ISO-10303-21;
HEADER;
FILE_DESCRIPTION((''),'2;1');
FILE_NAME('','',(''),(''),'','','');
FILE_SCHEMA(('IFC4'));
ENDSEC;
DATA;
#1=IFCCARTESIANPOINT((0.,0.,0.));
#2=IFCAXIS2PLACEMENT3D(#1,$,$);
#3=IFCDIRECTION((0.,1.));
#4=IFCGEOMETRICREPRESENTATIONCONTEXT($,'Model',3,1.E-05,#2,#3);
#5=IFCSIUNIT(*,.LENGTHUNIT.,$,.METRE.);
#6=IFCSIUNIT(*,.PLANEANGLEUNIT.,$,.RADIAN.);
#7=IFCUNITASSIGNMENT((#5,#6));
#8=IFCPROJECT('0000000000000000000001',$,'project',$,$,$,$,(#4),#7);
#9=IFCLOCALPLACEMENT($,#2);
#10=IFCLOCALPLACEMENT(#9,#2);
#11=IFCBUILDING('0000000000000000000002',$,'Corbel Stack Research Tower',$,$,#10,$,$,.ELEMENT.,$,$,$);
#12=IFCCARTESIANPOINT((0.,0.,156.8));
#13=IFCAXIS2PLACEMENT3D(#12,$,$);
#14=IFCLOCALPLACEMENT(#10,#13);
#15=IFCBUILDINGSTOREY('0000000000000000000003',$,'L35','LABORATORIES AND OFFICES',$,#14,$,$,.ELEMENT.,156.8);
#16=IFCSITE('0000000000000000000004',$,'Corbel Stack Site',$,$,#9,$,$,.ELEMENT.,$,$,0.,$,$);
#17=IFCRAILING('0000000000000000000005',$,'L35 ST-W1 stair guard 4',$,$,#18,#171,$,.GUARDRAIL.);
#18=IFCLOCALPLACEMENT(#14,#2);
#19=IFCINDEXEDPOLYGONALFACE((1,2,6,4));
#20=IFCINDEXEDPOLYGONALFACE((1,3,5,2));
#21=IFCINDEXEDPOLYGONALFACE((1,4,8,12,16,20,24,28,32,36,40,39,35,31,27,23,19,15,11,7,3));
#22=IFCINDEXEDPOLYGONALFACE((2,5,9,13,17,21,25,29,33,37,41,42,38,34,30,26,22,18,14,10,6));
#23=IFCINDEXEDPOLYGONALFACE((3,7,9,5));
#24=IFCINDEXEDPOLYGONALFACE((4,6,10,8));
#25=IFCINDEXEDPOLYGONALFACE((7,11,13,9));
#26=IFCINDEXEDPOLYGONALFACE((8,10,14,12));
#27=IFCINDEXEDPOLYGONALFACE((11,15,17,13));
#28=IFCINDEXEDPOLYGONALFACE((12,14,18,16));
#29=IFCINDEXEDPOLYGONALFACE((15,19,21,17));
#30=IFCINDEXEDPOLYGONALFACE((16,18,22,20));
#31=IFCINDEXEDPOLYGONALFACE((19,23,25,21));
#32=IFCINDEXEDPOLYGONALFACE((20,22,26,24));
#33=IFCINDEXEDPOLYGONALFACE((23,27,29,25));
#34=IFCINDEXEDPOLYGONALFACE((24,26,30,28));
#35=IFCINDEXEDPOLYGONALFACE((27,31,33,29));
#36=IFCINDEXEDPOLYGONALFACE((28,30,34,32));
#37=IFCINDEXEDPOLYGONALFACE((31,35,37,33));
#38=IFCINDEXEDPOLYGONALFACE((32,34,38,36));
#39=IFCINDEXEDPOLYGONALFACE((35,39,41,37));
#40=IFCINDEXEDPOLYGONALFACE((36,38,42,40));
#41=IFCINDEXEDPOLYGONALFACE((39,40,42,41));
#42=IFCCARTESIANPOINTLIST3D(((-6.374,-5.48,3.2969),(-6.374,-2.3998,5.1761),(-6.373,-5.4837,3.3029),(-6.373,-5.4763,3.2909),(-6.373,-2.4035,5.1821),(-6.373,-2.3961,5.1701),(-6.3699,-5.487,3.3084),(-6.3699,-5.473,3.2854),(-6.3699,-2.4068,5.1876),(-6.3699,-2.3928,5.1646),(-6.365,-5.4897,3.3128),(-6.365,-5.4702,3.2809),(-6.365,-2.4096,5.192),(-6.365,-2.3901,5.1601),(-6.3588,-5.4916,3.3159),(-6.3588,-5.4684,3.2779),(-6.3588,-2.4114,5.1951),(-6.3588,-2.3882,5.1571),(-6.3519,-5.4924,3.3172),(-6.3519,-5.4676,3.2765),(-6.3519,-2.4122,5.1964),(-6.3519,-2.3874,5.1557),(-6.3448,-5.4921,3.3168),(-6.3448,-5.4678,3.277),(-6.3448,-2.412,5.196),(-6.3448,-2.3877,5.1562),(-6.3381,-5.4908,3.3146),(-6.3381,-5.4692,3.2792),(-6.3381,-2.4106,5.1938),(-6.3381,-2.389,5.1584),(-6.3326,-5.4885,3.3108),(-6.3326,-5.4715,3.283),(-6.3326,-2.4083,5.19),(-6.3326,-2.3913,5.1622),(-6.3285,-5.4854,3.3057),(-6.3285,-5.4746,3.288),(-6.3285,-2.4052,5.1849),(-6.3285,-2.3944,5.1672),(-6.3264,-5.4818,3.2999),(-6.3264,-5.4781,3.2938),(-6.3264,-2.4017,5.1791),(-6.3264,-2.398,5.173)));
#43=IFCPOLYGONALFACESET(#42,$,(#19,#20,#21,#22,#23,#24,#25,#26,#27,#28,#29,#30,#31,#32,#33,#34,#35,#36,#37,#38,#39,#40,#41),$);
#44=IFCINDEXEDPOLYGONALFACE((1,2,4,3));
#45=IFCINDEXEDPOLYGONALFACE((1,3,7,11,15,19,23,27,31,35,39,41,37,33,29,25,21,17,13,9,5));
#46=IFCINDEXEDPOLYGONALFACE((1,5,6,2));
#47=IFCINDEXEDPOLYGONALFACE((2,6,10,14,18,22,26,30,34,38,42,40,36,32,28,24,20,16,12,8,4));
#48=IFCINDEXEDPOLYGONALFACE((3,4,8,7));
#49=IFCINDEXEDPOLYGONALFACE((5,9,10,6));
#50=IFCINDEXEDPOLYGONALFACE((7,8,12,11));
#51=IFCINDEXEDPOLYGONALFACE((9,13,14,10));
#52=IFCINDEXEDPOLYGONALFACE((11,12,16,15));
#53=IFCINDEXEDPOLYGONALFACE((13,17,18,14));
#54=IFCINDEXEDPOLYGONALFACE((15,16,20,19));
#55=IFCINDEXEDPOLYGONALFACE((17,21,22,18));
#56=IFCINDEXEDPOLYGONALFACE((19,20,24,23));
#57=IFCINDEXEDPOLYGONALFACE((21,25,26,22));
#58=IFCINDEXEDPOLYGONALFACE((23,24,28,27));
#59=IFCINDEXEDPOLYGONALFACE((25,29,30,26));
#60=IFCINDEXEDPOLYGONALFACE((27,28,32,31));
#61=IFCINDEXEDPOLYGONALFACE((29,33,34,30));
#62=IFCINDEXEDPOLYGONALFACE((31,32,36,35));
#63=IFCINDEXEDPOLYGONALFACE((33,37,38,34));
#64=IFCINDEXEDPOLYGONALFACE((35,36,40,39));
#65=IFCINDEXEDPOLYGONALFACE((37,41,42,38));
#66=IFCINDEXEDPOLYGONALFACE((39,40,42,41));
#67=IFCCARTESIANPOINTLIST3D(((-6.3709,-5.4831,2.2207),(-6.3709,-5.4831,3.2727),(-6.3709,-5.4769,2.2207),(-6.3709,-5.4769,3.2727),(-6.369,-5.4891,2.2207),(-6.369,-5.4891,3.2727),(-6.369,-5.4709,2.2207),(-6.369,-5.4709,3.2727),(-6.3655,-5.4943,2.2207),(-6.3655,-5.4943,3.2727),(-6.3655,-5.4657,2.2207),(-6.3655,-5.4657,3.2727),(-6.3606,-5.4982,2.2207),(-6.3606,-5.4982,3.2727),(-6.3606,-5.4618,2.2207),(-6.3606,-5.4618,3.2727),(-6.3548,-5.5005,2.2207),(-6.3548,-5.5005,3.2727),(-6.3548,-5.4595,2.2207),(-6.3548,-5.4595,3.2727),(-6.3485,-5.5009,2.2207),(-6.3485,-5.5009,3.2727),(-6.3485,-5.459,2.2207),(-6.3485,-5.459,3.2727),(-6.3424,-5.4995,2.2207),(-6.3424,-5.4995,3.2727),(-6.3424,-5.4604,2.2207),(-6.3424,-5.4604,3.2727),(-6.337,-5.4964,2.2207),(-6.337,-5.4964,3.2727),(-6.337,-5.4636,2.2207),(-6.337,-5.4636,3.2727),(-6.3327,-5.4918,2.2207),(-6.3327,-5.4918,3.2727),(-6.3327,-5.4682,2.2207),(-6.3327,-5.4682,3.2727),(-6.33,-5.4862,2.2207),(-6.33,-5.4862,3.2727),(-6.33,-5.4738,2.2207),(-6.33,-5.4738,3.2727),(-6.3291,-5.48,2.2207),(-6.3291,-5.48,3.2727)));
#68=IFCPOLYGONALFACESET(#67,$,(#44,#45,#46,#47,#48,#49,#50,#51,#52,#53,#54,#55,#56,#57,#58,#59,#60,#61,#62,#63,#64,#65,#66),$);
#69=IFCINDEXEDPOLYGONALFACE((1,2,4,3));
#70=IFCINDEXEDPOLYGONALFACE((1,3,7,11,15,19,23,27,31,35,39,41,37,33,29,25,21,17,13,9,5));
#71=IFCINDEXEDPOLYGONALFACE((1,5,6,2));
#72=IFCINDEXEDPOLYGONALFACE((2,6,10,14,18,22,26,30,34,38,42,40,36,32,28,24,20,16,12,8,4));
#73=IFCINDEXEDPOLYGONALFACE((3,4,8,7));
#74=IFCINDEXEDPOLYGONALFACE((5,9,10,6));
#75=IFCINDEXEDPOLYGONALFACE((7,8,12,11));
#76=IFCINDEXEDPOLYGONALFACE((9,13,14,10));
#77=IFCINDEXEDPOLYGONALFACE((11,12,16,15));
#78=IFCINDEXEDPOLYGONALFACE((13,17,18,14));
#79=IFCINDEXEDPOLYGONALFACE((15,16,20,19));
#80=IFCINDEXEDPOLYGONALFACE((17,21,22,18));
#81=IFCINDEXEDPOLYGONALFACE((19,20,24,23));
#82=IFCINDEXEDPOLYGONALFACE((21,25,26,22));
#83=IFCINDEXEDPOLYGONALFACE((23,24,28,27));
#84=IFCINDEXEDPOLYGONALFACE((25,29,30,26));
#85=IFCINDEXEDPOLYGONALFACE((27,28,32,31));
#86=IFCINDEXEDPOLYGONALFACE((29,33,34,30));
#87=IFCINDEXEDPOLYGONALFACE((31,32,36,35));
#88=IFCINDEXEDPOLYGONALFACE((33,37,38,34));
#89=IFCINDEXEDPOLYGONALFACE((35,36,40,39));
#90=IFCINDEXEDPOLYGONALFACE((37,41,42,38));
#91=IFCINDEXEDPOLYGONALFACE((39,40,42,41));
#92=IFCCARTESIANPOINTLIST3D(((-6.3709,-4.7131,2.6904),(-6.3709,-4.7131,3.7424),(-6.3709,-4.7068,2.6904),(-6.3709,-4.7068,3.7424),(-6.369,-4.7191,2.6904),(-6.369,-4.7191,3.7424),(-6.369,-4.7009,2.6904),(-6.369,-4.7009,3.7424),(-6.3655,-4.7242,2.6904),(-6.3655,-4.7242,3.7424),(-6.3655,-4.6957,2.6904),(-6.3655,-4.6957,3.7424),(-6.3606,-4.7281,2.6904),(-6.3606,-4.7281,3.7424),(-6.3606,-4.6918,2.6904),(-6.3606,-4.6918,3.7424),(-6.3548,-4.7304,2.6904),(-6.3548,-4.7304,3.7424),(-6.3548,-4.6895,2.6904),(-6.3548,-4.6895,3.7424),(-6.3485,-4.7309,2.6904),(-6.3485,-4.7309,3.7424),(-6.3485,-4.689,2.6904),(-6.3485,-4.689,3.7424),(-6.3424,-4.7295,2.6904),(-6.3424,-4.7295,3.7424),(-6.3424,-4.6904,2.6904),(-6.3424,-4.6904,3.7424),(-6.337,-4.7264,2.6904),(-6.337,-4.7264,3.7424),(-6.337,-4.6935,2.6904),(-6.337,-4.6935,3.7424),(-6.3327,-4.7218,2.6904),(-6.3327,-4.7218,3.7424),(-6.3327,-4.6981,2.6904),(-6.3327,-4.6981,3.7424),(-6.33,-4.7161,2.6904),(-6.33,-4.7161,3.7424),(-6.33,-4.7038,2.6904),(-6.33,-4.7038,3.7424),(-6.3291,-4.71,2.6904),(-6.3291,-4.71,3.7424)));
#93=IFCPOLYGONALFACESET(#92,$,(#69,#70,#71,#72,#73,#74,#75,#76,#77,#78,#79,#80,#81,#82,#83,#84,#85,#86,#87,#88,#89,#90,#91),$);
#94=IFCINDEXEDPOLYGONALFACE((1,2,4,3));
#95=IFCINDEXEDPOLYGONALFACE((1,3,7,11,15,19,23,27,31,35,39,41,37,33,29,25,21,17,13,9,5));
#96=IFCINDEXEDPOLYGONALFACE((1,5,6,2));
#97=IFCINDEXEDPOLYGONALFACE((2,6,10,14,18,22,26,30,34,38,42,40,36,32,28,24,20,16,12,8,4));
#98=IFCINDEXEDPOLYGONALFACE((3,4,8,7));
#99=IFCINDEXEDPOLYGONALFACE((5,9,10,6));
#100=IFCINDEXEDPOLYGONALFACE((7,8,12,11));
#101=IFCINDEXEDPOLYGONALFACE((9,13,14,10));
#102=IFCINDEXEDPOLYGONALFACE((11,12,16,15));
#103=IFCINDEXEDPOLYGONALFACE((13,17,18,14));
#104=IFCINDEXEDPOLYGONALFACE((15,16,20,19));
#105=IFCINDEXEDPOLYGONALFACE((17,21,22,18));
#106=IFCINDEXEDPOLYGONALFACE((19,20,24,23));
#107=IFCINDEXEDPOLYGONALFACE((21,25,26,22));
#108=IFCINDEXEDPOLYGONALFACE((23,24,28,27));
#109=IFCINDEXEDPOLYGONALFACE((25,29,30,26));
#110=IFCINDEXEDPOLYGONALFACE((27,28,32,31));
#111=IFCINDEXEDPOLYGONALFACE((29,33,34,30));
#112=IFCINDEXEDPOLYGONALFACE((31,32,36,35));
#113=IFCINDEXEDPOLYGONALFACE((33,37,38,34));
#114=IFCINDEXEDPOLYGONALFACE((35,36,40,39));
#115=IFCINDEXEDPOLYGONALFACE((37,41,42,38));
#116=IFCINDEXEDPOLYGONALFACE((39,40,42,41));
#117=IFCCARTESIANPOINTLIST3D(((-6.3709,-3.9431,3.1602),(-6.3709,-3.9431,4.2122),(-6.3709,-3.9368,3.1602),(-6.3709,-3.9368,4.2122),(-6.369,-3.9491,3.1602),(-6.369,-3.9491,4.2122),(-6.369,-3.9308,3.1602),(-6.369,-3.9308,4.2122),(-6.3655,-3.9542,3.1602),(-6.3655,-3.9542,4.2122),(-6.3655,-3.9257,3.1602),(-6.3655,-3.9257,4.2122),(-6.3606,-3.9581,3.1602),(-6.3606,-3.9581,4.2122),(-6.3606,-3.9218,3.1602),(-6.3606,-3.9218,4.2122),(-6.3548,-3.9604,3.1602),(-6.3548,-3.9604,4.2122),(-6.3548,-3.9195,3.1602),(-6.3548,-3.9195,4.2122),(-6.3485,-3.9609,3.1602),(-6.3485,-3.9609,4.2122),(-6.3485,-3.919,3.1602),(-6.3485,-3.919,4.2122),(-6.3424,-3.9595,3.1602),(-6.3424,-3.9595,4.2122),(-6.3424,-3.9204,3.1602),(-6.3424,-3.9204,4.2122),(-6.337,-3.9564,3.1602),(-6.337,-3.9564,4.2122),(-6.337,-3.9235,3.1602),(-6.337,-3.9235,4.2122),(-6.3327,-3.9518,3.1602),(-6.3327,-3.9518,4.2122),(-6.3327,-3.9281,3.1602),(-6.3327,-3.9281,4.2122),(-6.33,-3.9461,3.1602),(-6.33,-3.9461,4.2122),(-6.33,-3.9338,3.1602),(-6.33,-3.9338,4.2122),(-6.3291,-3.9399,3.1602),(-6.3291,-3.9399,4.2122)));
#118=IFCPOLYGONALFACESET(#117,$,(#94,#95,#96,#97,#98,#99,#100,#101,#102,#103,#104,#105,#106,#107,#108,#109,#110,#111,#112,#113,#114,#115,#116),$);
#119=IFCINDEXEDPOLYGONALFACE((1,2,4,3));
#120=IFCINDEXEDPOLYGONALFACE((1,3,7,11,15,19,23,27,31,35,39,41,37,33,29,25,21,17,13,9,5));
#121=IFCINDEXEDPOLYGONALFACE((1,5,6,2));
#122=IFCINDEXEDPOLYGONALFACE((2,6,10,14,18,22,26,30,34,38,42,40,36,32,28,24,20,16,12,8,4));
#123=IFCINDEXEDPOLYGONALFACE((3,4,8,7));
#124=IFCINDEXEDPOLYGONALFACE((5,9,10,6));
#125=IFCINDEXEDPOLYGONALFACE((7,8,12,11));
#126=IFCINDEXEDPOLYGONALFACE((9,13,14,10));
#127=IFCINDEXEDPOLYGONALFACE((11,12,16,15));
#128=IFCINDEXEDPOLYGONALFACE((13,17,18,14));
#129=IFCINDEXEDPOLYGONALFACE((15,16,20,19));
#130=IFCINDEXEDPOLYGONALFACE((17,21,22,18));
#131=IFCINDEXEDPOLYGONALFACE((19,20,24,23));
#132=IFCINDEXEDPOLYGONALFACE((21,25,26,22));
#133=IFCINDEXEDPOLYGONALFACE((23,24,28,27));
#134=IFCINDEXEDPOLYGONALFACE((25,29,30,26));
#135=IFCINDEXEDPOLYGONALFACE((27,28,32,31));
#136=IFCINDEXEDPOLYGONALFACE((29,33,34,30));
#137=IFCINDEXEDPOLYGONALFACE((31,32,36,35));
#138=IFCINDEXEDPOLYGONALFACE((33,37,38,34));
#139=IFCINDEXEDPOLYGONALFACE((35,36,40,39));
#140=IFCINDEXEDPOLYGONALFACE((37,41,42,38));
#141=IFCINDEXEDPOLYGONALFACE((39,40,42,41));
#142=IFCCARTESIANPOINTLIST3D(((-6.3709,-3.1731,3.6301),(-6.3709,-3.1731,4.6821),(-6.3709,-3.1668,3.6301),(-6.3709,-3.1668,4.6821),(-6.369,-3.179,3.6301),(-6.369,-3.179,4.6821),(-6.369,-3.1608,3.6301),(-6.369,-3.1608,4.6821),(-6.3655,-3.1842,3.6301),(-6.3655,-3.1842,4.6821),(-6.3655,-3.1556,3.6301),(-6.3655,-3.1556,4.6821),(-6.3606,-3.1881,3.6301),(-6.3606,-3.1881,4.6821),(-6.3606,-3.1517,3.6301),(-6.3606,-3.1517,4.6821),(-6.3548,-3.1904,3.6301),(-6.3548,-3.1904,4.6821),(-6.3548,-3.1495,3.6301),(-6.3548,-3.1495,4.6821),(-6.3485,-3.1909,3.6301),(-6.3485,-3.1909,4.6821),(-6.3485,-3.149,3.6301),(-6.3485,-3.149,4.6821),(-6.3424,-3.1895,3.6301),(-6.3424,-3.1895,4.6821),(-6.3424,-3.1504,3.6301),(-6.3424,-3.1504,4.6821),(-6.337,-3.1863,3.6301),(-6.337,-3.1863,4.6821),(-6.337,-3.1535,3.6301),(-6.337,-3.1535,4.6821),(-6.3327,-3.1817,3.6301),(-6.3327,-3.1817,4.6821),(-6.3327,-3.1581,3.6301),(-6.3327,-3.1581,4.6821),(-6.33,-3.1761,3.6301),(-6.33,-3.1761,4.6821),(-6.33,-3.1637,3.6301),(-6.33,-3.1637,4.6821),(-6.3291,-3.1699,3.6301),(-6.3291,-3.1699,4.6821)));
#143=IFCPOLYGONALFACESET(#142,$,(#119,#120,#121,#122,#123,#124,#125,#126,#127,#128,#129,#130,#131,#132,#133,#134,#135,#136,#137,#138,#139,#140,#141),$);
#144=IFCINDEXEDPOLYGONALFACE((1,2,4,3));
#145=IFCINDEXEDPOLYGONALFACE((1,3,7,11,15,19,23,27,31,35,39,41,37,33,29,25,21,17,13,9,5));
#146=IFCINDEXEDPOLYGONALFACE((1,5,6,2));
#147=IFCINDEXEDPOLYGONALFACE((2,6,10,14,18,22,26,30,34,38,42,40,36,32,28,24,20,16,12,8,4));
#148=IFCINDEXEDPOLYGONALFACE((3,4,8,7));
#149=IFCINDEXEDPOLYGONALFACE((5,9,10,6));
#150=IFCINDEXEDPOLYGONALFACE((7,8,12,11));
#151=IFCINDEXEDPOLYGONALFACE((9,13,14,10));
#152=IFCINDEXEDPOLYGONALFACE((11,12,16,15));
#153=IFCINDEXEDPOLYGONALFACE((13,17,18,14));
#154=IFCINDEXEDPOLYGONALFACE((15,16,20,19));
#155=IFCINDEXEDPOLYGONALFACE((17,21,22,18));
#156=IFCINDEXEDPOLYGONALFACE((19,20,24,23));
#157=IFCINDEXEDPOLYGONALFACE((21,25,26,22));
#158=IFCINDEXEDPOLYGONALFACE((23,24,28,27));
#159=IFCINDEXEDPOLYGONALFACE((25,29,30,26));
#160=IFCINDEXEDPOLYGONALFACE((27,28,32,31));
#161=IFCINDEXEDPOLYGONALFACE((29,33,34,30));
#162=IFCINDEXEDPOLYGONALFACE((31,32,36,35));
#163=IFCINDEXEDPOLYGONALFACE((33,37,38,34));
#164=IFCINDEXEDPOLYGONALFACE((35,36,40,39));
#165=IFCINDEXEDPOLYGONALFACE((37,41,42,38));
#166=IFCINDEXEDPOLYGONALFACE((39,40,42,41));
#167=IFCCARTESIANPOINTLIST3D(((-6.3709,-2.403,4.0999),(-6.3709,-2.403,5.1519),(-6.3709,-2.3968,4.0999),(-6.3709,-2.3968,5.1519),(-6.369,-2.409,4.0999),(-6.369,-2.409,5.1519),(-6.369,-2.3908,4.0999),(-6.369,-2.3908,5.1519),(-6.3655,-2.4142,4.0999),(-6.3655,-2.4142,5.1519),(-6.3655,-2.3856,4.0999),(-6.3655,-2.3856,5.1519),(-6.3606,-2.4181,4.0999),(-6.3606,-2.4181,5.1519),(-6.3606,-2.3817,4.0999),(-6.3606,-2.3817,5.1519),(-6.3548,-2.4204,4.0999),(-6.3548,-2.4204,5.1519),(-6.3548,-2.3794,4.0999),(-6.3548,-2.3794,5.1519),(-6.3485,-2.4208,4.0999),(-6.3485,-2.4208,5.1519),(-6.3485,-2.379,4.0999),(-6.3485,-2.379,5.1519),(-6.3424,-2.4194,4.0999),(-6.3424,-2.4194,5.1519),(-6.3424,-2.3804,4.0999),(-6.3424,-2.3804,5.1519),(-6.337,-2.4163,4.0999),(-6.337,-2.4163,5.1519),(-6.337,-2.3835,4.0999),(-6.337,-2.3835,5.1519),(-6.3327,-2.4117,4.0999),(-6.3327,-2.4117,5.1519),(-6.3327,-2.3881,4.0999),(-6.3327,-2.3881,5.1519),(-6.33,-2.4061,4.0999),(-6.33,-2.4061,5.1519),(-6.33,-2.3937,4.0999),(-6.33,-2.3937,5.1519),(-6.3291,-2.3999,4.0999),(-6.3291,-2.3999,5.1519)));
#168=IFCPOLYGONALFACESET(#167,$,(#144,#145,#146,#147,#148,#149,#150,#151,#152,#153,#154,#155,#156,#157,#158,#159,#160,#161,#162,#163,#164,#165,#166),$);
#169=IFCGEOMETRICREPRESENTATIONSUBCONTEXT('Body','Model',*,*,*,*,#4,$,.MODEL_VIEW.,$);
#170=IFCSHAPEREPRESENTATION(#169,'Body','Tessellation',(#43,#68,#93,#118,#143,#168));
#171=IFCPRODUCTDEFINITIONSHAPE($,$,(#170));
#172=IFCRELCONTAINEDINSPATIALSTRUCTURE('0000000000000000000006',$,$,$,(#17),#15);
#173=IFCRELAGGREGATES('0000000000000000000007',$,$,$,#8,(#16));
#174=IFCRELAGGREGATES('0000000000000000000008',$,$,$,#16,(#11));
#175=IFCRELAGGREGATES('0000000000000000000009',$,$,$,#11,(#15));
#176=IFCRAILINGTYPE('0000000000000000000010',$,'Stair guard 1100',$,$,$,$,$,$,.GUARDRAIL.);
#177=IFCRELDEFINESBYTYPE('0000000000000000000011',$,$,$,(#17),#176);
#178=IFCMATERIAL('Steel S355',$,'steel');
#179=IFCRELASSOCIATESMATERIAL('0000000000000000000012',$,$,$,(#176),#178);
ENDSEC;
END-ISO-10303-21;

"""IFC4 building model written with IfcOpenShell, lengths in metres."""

from ifc_helpers import new_model, si_unit, direction, frame, origin, origin_2d, place, context, subcontext, project, spatial, circle, extrude, material, type_object, element, save


model = new_model("IFC4")

# Units and contexts
model_context = context("Model", 3, precision=1e-05, world=origin(), true_north=direction((0.0, 1.0)))
body_context = subcontext(model_context, "Body", "Model", "MODEL_VIEW")
ifc_project = project(units=[si_unit("LENGTHUNIT", "METRE"), si_unit("PLANEANGLEUNIT", "RADIAN")], contexts=[model_context])

# Site, building, storey
site_placement = place(None, origin())
site = spatial("IfcSite", under=ifc_project, at=site_placement, Name="Corbel Stack Site", CompositionType="ELEMENT", RefElevation=0.0)
building_placement = place(site_placement, origin())
building = spatial("IfcBuilding", under=site, at=building_placement, Name="Corbel Stack Research Tower", CompositionType="ELEMENT")
storey_placement = place(building_placement, frame((0.0, 0.0, 156.8)))
storey = spatial("IfcBuildingStorey", under=building, at=storey_placement, Name="L35", Description="LABORATORIES AND OFFICES", CompositionType="ELEMENT", Elevation=156.8)

# Railing
ifc_material_1 = material(Name="Steel S355", Category="steel")
railing_type_1 = type_object("IfcRailingType", Name="Stair guard 1100", PredefinedType="GUARDRAIL", material=ifc_material_1)
railing_1_placement = place(storey_placement, frame((-6.3501, -5.48, 2.2207)))
element("IfcRailing", 1, at=railing_1_placement, inside=storey, type_object=railing_type_1, Name="L35 ST-W1 stair guard 4", PredefinedType="GUARDRAIL", context=body_context, shape_type="SweptSolid", body=[
    extrude(circle(Radius=0.0239, at=origin_2d()), frame((0.0, 0.0, 1.0762), z_axis=(0.0, 0.853666, 0.52082), x_axis=(-1.0, 0.0, 0.0)), (0.0, 0.0, 1.0), 3.6082),
    extrude(circle(Radius=0.021, at=origin_2d()), origin(), (0.0, 0.0, 1.0), 1.052),
    extrude(circle(Radius=0.021, at=origin_2d()), frame((0.0, 0.77, 0.4697)), (0.0, 0.0, 1.0), 1.052),
    extrude(circle(Radius=0.021, at=origin_2d()), frame((0.0, 1.54, 0.9395)), (0.0, 0.0, 1.0), 1.052),
    extrude(circle(Radius=0.021, at=origin_2d()), frame((0.0, 2.3101, 1.4094)), (0.0, 0.0, 1.0), 1.052),
    extrude(circle(Radius=0.021, at=origin_2d()), frame((0.0, 3.0801, 1.8792)), (0.0, 0.0, 1.0), 1.052),
])

save(model, "model.ifc")
